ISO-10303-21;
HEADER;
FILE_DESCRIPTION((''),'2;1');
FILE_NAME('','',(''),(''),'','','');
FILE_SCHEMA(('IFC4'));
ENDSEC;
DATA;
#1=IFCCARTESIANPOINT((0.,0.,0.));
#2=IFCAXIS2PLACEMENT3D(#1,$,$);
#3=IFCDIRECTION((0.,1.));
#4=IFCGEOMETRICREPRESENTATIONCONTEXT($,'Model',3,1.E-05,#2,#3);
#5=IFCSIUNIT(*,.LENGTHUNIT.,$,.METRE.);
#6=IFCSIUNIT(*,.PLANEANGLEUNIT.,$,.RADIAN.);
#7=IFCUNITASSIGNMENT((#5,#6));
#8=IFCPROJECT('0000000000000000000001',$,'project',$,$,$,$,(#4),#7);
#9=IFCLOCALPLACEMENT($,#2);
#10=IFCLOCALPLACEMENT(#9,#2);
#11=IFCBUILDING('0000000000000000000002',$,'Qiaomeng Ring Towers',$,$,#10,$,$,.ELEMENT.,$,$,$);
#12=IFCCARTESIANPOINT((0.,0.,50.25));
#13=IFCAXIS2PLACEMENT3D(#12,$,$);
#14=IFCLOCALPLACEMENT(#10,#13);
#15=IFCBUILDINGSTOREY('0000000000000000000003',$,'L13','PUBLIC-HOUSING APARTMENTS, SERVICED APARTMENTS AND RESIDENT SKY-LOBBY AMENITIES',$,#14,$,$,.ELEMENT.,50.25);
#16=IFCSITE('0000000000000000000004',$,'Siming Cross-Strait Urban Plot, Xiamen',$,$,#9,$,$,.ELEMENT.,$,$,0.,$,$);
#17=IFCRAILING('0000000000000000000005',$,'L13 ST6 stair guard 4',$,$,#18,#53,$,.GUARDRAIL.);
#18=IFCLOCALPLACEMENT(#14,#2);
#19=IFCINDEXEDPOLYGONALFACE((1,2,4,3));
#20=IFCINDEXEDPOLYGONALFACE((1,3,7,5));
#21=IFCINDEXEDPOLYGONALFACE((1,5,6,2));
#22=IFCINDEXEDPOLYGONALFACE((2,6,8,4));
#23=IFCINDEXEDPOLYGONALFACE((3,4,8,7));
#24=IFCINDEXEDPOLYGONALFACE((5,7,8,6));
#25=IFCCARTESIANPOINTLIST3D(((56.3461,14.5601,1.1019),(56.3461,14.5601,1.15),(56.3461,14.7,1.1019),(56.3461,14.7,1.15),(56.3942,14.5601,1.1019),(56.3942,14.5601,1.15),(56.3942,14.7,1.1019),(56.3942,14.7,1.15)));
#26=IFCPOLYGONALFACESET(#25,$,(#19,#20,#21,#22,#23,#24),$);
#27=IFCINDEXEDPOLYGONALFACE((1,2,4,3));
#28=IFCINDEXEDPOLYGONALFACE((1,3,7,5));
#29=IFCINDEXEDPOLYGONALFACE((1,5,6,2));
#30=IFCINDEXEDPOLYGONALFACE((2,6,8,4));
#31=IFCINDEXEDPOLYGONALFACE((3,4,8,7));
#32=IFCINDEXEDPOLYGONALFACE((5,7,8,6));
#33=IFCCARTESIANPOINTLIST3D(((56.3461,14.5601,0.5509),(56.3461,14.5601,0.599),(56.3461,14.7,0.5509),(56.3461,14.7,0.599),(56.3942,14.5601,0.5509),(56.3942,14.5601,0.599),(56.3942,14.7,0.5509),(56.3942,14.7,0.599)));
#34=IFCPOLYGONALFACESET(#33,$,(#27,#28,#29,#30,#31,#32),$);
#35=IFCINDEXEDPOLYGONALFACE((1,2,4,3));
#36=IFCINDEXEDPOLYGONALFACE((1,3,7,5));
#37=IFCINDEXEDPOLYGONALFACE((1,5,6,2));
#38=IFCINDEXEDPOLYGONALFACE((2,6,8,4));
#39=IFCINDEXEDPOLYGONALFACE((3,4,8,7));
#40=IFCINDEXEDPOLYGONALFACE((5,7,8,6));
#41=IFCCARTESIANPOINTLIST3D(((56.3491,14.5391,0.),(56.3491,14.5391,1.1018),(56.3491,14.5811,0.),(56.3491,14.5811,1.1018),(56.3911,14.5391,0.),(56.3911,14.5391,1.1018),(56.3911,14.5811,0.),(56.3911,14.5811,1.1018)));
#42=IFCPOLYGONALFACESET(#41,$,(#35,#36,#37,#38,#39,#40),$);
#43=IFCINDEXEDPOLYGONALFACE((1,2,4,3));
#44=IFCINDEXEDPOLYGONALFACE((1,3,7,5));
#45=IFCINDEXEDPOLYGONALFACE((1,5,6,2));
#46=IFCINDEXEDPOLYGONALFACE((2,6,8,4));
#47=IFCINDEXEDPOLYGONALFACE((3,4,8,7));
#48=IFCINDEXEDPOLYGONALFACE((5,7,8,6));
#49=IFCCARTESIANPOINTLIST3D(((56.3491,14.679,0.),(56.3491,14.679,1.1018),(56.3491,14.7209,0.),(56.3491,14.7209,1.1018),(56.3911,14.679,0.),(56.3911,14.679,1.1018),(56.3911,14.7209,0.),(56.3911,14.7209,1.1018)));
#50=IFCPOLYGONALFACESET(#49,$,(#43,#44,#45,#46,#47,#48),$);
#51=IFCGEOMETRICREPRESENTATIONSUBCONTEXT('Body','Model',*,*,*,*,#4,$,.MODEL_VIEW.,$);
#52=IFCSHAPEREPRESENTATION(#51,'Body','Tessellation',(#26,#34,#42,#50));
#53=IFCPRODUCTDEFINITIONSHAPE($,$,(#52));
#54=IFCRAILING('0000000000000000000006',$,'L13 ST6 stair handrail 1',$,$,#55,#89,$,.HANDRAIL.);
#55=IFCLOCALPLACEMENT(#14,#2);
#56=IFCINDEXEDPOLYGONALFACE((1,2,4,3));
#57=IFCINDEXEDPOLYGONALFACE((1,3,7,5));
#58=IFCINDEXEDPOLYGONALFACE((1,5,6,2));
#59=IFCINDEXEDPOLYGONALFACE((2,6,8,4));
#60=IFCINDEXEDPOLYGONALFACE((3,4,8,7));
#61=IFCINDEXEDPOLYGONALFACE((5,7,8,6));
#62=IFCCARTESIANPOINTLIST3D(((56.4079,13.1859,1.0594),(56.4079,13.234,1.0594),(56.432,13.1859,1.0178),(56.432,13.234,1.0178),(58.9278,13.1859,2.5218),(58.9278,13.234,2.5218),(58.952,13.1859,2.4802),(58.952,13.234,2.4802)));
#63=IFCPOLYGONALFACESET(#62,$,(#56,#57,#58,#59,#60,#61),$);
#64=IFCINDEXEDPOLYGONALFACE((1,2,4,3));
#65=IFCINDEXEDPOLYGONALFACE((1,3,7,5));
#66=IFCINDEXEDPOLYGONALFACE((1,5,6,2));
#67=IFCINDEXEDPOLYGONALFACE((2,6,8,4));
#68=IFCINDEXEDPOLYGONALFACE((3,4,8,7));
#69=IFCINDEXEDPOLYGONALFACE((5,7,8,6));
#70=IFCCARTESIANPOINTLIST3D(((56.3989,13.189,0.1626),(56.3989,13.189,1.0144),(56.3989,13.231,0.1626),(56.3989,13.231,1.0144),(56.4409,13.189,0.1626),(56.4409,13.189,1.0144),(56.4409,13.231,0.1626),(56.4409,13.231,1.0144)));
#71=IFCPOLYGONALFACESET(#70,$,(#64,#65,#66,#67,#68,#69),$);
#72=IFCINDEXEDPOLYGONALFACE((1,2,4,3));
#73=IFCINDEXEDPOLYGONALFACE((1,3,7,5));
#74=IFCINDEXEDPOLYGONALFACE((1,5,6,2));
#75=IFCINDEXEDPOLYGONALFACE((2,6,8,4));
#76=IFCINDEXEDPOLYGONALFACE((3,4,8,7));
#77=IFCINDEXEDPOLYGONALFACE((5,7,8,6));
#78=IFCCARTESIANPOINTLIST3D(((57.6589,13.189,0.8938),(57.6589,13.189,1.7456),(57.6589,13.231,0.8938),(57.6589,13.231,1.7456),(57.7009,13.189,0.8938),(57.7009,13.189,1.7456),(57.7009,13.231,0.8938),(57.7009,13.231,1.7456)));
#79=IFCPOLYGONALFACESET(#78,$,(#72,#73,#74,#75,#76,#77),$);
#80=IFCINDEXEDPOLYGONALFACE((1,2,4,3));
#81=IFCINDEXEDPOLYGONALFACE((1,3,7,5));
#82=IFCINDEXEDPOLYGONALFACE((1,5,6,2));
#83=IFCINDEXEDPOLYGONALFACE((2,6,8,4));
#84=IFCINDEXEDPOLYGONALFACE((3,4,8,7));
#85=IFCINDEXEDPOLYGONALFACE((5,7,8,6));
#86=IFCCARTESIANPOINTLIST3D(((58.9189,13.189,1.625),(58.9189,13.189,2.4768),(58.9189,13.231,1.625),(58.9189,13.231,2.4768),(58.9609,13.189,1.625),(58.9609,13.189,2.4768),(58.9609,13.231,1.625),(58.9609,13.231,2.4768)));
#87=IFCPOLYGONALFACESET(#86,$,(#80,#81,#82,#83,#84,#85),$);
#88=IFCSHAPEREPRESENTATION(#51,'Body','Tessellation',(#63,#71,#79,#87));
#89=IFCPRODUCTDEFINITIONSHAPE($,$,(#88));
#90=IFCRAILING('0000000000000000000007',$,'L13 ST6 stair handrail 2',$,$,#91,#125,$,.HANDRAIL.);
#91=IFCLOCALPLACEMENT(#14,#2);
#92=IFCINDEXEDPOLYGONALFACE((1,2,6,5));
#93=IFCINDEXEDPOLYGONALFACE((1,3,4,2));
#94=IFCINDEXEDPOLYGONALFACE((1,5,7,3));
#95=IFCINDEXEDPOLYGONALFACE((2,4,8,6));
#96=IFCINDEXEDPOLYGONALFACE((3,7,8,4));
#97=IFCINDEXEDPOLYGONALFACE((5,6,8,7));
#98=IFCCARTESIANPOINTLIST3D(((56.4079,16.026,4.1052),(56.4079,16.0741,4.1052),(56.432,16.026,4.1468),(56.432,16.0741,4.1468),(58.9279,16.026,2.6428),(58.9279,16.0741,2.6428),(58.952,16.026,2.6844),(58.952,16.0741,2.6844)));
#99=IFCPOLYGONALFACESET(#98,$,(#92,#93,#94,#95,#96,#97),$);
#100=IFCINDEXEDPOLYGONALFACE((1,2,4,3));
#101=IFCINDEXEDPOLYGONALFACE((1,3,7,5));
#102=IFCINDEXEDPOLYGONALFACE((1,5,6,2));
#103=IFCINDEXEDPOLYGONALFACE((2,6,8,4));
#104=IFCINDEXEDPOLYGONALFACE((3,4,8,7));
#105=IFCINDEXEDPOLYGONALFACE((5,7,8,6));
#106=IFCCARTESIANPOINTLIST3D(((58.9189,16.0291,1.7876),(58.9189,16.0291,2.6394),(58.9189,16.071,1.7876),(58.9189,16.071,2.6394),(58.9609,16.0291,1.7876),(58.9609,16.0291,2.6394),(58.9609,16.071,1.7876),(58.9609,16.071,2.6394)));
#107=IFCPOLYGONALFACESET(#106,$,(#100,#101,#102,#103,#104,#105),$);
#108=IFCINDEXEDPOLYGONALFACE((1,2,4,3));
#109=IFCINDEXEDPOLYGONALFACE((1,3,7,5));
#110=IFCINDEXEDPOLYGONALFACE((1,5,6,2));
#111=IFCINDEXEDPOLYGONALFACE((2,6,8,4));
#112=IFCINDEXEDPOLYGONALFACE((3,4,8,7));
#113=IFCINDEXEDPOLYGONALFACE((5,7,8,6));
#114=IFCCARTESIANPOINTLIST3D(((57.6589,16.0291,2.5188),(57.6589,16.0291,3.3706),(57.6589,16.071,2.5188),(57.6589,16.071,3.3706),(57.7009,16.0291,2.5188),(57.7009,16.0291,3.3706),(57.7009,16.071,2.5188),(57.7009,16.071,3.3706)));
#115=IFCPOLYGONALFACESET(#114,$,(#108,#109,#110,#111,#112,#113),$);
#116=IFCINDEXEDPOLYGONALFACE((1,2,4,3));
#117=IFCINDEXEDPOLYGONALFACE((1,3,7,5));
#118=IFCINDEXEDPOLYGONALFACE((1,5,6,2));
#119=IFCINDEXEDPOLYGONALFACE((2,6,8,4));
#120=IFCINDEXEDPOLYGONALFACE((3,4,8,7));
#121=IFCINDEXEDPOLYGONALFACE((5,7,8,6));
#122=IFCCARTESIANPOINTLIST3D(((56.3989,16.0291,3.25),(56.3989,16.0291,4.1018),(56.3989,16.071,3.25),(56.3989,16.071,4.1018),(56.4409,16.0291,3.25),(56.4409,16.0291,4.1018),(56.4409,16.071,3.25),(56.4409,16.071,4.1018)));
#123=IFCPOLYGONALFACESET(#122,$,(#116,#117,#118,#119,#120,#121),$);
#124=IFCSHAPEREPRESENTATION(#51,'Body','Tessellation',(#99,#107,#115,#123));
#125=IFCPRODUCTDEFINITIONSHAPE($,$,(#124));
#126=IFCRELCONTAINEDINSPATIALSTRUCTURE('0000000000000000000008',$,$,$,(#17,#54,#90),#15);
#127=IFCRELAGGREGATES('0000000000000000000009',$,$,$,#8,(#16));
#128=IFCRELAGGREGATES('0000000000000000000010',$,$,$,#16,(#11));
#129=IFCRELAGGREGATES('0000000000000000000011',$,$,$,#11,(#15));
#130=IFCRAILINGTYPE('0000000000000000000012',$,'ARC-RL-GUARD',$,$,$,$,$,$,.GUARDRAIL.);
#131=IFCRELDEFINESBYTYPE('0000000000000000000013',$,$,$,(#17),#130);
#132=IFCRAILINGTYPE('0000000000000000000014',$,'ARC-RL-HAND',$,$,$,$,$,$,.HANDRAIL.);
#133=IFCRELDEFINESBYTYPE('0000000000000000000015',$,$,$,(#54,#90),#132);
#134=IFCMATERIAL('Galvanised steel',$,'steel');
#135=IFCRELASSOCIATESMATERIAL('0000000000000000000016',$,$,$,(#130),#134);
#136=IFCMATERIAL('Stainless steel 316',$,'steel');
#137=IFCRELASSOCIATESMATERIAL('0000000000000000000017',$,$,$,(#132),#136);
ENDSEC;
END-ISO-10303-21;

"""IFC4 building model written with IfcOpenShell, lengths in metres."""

from ifc_helpers import new_model, si_unit, direction, frame, origin, origin_2d, place, context, subcontext, project, spatial, rectangle, extrude, material, type_object, element, save


model = new_model("IFC4")

# Units and contexts
model_context = context("Model", 3, precision=1e-05, world=origin(), true_north=direction((0.0, 1.0)))
body_context = subcontext(model_context, "Body", "Model", "MODEL_VIEW")
ifc_project = project(units=[si_unit("LENGTHUNIT", "METRE"), si_unit("PLANEANGLEUNIT", "RADIAN")], contexts=[model_context])

# Site, building, storey
site_placement = place(None, origin())
site = spatial("IfcSite", under=ifc_project, at=site_placement, Name="Siming Cross-Strait Urban Plot, Xiamen", CompositionType="ELEMENT", RefElevation=0.0)
building_placement = place(site_placement, origin())
building = spatial("IfcBuilding", under=site, at=building_placement, Name="Qiaomeng Ring Towers", CompositionType="ELEMENT")
storey_placement = place(building_placement, frame((0.0, 0.0, 50.25)))
storey = spatial("IfcBuildingStorey", under=building, at=storey_placement, Name="L13", Description="PUBLIC-HOUSING APARTMENTS, SERVICED APARTMENTS AND RESIDENT SKY-LOBBY AMENITIES", CompositionType="ELEMENT", Elevation=50.25)

# Shared definitions
ifc_material_1 = material(Name="Galvanised steel", Category="steel")
ifc_material_2 = material(Name="Stainless steel 316", Category="steel")

# Railings
railing_type_1 = type_object("IfcRailingType", Name="ARC-RL-GUARD", PredefinedType="GUARDRAIL", material=ifc_material_1)
railing_1_placement = place(storey_placement, frame((56.3701, 14.5601, 0.0)))
element("IfcRailing", 1, at=railing_1_placement, inside=storey, type_object=railing_type_1, Name="L13 ST6 stair guard 4", PredefinedType="GUARDRAIL", context=body_context, shape_type="SweptSolid", body=[
    extrude(rectangle(XDim=0.0481, YDim=0.0481, at=origin_2d()), frame((0.0, 0.0, 1.126), z_axis=(0.0, 1.0, 0.0), x_axis=(-1.0, 0.0, 0.0)), (0.0, 0.0, 1.0), 0.1399),
    extrude(rectangle(XDim=0.0481, YDim=0.0481, at=origin_2d()), frame((0.0, 0.0, 0.575), z_axis=(0.0, 1.0, 0.0), x_axis=(-1.0, 0.0, 0.0)), (0.0, 0.0, 1.0), 0.1399),
    extrude(rectangle(XDim=0.042, YDim=0.042, at=origin_2d()), origin(), (0.0, 0.0, 1.0), 1.1018),
    extrude(rectangle(XDim=0.042, YDim=0.042, at=origin_2d()), frame((0.0, 0.1399, 0.0)), (0.0, 0.0, 1.0), 1.1018),
])
railing_type_2 = type_object("IfcRailingType", Name="ARC-RL-HAND", PredefinedType="HANDRAIL", material=ifc_material_2)
railing_2_placement = place(storey_placement, frame((56.4199, 13.21, 0.1626)))
element("IfcRailing", 2, at=railing_2_placement, inside=storey, type_object=railing_type_2, Name="L13 ST6 stair handrail 1", PredefinedType="HANDRAIL", context=body_context, shape_type="SweptSolid", body=[
    extrude(rectangle(XDim=0.0481, YDim=0.0481, at=origin_2d()), frame((0.0, 0.0, 0.876), z_axis=(0.864913, 0.0, 0.501921), x_axis=(0.0, 1.0, 0.0)), (0.0, 0.0, 1.0), 2.9136),
    extrude(rectangle(XDim=0.042, YDim=0.042, at=origin_2d()), origin(), (0.0, 0.0, 1.0), 0.8518),
    extrude(rectangle(XDim=0.042, YDim=0.042, at=origin_2d()), frame((1.26, 0.0, 0.7312)), (0.0, 0.0, 1.0), 0.8518),
    extrude(rectangle(XDim=0.042, YDim=0.042, at=origin_2d()), frame((2.52, 0.0, 1.4624)), (0.0, 0.0, 1.0), 0.8518),
])
railing_3_placement = place(storey_placement, frame((58.9399, 16.05, 1.7876)))
element("IfcRailing", 3, at=railing_3_placement, inside=storey, type_object=railing_type_2, Name="L13 ST6 stair handrail 2", PredefinedType="HANDRAIL", context=body_context, shape_type="SweptSolid", body=[
    extrude(rectangle(XDim=0.0481, YDim=0.0481, at=origin_2d()), frame((0.0, 0.0, 0.876), z_axis=(-0.864913, 0.0, 0.501921), x_axis=(0.0, -1.0, 0.0)), (0.0, 0.0, 1.0), 2.9136),
    extrude(rectangle(XDim=0.042, YDim=0.042, at=origin_2d()), origin(), (0.0, 0.0, 1.0), 0.8518),
    extrude(rectangle(XDim=0.042, YDim=0.042, at=origin_2d()), frame((-1.26, 0.0, 0.7312)), (0.0, 0.0, 1.0), 0.8518),
    extrude(rectangle(XDim=0.042, YDim=0.042, at=origin_2d()), frame((-2.52, 0.0, 1.4624)), (0.0, 0.0, 1.0), 0.8518),
])

save(model, "model.ifc")
